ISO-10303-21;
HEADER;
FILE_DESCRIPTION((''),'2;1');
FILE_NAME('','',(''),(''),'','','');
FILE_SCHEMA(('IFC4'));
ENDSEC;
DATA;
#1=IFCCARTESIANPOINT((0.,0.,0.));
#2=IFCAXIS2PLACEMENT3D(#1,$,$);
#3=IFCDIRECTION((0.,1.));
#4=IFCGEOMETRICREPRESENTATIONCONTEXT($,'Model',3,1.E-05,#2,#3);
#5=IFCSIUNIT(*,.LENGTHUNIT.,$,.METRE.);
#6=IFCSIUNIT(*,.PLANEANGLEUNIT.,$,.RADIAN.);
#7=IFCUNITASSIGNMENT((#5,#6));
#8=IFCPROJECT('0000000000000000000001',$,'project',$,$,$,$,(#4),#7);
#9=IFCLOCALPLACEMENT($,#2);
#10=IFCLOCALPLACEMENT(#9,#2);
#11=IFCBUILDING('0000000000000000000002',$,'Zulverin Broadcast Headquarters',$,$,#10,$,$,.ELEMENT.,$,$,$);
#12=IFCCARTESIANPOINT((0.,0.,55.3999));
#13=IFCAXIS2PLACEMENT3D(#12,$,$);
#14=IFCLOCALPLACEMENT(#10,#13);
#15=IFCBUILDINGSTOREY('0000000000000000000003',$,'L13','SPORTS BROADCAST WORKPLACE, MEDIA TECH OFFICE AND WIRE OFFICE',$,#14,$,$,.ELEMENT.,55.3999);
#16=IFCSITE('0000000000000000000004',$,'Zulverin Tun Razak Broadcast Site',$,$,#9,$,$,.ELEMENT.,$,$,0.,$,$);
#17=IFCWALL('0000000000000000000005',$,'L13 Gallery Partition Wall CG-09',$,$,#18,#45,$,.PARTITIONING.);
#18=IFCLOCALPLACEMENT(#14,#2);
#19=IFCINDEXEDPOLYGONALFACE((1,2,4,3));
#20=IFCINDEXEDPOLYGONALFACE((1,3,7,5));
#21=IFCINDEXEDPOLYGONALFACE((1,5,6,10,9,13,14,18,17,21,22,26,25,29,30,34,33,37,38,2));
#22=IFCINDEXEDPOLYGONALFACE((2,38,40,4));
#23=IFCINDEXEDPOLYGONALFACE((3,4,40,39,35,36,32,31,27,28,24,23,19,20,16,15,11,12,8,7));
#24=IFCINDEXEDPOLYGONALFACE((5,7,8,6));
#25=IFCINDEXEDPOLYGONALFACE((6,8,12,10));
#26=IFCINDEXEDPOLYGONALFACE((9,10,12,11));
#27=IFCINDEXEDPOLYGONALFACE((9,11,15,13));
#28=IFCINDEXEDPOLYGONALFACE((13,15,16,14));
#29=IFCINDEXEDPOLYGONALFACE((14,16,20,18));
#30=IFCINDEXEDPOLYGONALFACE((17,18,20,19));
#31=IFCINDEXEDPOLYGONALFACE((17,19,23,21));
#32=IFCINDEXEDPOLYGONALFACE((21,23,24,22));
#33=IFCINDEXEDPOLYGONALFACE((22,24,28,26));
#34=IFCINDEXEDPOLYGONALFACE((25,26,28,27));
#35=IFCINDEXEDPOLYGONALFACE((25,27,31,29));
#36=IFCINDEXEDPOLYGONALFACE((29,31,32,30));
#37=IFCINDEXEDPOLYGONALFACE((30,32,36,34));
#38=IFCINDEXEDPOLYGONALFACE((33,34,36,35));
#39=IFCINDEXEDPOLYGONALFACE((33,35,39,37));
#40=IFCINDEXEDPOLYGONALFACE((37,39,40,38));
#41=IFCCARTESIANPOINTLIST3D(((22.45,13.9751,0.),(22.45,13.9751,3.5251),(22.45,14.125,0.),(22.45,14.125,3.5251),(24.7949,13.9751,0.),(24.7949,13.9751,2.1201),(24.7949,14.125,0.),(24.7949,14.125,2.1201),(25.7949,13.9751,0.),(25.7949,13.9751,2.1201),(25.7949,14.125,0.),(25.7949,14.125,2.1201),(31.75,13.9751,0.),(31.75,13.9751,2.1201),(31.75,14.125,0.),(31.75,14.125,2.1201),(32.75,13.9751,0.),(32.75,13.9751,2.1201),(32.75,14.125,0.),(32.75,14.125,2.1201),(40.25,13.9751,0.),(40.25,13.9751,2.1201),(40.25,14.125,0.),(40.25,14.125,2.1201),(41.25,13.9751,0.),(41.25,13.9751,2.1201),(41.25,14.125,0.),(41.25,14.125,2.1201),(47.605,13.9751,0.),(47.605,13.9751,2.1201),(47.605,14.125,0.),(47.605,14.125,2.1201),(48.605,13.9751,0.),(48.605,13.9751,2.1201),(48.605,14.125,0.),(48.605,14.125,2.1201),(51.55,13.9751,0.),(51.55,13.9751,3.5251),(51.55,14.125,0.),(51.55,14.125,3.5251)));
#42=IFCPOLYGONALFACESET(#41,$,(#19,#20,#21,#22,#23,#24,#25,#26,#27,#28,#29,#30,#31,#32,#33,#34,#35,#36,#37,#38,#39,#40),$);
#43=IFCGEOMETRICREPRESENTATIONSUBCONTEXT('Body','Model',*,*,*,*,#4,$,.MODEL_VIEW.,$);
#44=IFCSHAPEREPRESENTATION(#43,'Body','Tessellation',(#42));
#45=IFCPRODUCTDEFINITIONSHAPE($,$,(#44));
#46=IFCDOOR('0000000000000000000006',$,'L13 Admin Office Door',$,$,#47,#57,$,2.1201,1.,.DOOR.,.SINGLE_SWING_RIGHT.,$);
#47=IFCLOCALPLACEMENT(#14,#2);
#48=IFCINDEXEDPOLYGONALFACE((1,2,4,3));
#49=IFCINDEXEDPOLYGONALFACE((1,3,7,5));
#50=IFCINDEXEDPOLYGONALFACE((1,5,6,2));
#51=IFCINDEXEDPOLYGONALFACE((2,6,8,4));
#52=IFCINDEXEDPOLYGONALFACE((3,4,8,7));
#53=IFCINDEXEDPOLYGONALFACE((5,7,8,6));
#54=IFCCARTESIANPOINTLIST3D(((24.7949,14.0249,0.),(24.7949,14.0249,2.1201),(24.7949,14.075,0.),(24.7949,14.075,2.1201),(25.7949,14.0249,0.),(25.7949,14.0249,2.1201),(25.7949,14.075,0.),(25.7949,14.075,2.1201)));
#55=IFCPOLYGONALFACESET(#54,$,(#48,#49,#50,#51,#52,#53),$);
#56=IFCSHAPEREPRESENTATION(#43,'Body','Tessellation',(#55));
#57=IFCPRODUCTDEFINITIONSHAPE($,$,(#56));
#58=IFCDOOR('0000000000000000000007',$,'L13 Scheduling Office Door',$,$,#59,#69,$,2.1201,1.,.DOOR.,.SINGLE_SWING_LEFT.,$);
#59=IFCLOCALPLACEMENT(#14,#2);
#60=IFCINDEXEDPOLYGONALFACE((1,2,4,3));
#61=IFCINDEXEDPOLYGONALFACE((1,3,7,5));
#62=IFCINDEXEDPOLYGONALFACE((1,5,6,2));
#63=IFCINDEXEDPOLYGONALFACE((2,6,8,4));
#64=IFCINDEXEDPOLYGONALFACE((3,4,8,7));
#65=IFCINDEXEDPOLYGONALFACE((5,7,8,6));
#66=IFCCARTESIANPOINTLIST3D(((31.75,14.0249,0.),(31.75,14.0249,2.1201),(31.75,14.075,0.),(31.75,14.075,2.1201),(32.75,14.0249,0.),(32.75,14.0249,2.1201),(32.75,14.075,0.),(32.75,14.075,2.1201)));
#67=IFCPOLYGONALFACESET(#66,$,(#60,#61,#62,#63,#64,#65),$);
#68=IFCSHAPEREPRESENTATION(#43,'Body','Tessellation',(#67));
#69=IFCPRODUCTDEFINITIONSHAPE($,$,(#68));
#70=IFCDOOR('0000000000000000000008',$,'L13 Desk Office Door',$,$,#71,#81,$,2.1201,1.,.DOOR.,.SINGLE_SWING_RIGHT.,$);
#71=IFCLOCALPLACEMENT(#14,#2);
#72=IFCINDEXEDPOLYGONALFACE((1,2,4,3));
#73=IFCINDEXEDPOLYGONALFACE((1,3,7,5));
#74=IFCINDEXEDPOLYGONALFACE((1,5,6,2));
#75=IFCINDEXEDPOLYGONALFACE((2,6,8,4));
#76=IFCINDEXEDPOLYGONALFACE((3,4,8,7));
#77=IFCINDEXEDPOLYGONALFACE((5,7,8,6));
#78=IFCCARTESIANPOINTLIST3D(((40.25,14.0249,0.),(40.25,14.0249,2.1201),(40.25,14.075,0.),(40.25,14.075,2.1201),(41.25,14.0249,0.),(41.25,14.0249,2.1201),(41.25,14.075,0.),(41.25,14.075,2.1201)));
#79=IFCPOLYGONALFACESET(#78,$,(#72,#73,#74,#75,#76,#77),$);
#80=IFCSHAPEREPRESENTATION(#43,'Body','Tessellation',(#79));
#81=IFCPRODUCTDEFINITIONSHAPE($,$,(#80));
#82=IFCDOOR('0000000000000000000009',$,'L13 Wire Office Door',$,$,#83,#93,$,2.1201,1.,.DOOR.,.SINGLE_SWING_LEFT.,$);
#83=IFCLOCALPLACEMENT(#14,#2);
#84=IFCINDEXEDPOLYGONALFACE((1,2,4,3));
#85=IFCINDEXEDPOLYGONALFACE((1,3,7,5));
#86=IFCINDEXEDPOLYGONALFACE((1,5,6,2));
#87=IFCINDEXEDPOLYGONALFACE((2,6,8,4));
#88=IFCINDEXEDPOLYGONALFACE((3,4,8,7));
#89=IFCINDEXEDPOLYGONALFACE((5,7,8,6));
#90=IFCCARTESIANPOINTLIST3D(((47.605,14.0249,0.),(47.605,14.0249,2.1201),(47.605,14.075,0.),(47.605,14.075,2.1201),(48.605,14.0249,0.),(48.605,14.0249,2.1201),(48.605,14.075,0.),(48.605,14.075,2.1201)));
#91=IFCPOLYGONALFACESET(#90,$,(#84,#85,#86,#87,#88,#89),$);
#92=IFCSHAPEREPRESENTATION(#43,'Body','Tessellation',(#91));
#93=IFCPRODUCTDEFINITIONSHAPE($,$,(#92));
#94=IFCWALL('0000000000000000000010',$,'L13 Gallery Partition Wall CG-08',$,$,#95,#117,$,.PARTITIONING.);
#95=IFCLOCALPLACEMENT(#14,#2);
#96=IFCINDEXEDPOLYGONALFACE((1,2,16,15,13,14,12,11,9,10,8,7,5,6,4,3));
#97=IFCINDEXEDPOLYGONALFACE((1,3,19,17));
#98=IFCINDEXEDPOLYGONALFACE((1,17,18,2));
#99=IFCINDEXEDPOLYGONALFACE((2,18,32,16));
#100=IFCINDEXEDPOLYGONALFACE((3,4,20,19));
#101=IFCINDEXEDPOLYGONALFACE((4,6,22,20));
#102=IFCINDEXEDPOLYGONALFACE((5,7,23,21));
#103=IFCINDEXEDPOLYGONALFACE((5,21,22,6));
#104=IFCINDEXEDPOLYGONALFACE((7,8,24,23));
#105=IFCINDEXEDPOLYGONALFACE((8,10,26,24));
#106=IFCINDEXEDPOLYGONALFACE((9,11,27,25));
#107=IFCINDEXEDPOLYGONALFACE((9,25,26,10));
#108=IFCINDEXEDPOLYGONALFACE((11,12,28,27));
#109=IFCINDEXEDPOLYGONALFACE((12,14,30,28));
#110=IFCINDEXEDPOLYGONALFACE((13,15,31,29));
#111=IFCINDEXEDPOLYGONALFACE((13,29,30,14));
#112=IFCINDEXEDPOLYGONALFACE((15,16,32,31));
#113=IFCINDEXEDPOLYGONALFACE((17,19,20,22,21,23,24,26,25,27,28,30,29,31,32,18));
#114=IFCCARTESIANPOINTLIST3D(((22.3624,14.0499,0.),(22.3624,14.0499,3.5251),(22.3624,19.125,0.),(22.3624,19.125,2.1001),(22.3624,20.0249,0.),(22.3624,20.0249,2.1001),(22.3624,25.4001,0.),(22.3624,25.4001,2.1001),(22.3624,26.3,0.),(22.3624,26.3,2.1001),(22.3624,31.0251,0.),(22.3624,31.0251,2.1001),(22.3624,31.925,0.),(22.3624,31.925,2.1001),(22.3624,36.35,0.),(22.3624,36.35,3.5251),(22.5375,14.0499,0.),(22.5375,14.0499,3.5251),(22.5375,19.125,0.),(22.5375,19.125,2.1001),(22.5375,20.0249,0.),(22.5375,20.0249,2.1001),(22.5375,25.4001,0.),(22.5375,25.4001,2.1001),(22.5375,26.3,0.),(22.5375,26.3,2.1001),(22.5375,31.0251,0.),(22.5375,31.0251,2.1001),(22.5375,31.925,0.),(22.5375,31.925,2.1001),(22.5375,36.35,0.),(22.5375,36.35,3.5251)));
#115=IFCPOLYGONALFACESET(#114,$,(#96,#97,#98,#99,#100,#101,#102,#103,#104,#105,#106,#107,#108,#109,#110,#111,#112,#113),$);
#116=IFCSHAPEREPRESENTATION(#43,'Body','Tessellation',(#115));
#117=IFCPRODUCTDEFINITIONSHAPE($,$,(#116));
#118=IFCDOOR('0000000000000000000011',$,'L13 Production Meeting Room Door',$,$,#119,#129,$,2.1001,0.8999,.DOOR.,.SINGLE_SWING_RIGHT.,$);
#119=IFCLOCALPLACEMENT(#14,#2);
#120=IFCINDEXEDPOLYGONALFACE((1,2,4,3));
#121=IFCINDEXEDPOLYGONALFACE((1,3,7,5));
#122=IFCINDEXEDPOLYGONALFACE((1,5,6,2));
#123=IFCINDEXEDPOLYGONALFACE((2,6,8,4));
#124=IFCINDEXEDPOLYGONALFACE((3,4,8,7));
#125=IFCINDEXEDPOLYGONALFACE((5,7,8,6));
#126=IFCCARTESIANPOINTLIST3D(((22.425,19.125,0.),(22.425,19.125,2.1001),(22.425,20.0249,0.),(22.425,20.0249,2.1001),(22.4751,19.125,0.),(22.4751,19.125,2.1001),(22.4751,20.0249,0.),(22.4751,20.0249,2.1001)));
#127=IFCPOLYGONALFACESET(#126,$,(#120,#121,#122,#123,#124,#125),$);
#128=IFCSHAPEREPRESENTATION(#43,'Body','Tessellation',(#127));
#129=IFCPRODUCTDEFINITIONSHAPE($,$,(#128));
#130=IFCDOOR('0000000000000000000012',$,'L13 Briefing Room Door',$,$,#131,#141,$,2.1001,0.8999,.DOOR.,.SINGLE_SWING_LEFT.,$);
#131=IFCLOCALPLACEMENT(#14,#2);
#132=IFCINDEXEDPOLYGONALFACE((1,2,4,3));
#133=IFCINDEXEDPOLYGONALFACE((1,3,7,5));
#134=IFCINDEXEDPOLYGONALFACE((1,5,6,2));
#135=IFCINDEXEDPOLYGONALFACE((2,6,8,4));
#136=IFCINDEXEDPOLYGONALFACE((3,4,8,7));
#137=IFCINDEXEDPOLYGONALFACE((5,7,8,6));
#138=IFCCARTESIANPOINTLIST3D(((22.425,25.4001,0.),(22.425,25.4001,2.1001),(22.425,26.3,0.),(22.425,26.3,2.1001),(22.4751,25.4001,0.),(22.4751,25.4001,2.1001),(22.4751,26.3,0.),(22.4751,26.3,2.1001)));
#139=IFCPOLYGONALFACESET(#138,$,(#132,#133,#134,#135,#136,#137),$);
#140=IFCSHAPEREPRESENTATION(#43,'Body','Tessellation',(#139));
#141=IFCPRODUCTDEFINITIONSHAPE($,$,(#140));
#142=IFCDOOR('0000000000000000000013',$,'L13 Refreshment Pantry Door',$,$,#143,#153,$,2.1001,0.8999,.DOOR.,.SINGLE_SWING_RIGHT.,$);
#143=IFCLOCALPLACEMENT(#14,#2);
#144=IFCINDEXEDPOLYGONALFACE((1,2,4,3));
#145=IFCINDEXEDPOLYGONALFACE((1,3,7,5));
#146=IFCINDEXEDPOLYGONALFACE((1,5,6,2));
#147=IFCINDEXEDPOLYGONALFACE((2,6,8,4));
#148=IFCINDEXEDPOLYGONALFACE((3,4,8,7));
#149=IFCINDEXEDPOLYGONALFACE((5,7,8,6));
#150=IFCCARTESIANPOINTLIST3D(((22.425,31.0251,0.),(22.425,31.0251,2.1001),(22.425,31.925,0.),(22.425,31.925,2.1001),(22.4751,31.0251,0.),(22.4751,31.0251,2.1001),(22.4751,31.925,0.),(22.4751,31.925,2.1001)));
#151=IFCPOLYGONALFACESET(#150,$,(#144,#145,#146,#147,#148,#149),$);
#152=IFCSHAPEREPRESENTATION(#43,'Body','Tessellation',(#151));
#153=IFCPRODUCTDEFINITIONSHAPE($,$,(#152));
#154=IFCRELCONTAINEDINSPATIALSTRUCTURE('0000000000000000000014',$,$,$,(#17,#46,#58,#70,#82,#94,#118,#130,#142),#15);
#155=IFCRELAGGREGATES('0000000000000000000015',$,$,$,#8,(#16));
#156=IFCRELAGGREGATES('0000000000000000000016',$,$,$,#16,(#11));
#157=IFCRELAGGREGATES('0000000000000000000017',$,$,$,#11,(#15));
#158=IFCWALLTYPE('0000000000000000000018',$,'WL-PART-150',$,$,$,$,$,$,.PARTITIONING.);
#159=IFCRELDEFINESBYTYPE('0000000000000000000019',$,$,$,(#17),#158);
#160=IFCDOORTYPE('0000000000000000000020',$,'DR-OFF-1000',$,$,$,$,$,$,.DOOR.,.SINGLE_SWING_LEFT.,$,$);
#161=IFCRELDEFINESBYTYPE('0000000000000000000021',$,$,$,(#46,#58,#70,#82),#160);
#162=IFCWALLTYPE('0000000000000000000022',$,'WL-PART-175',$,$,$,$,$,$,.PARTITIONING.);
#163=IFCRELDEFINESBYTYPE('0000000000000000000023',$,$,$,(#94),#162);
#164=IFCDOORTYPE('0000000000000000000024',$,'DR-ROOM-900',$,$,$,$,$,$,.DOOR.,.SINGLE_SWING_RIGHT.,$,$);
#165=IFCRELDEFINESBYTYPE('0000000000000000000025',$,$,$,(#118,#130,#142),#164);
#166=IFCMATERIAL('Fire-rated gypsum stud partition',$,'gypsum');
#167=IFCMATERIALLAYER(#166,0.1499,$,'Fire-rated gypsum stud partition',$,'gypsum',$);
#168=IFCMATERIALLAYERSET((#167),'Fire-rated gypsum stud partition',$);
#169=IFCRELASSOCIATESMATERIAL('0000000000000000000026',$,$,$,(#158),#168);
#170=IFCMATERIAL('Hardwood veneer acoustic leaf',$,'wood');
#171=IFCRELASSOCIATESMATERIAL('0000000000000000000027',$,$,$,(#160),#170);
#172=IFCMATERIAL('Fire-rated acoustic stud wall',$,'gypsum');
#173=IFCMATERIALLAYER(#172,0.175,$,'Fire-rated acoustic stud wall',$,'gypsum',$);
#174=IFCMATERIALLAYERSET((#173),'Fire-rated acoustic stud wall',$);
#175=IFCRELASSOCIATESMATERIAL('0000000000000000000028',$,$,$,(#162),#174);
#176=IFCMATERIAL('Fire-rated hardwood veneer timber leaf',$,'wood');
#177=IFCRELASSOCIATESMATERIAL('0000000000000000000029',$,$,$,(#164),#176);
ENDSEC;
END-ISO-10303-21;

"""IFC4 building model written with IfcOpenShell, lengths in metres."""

from ifc_helpers import new_model, si_unit, direction, frame, frame_2d, origin, place, context, subcontext, project, spatial, rectangle, extrude, material, layer, layer_set, type_object, element, fill, save


model = new_model("IFC4")

# Units and contexts
model_context = context("Model", 3, precision=1e-05, world=origin(), true_north=direction((0.0, 1.0)))
body_context = subcontext(model_context, "Body", "Model", "MODEL_VIEW")
ifc_project = project(units=[si_unit("LENGTHUNIT", "METRE"), si_unit("PLANEANGLEUNIT", "RADIAN")], contexts=[model_context])

# Site, building, storey
site_placement = place(None, origin())
site = spatial("IfcSite", under=ifc_project, at=site_placement, Name="Zulverin Tun Razak Broadcast Site", CompositionType="ELEMENT", RefElevation=0.0)
building_placement = place(site_placement, origin())
building = spatial("IfcBuilding", under=site, at=building_placement, Name="Zulverin Broadcast Headquarters", CompositionType="ELEMENT")
storey_placement = place(building_placement, frame((0.0, 0.0, 55.3999)))
storey = spatial("IfcBuildingStorey", under=building, at=storey_placement, Name="L13", Description="SPORTS BROADCAST WORKPLACE, MEDIA TECH OFFICE AND WIRE OFFICE", CompositionType="ELEMENT", Elevation=55.3999)

# Walls, openings, doors
ifc_material_1 = material(Name="Fire-rated gypsum stud partition", Category="gypsum")
ifc_layer_1 = layer(ifc_material_1, 0.1499, Name="Fire-rated gypsum stud partition", Category="gypsum")
ifc_layer_set_1 = layer_set([ifc_layer_1], Name="Fire-rated gypsum stud partition")
wall_type_1 = type_object("IfcWallType", Name="WL-PART-150", PredefinedType="PARTITIONING", material=ifc_layer_set_1)
wall_1_placement = place(storey_placement, frame((22.45, 14.05, 0.0), z_axis=(0.0, 0.0, 1.0), x_axis=(1.0, 0.0, 0.0)))
wall_1 = element("IfcWall", 1, at=wall_1_placement, inside=storey, type_object=wall_type_1, Name="L13 Gallery Partition Wall CG-09", PredefinedType="PARTITIONING", context=body_context, shape_type="SweptSolid", body=[
    extrude(rectangle(XDim=29.1001, YDim=0.1499, at=frame_2d((14.55, 0.0))), origin(), (0.0, 0.0, 1.0), 3.5251),
])
opening_1_placement = place(wall_1_placement, frame((2.345, 0.0, 0.0)))
opening_1 = element("IfcOpeningElement", 2, at=opening_1_placement, cuts=wall_1, PredefinedType="OPENING", context=body_context, shape_type="SweptSolid", body=[
    extrude(rectangle(XDim=1.0, YDim=2.1201, at=frame_2d((0.5, 1.0601))), frame((0.0, 0.085, 0.0), z_axis=(0.0, -1.0, 0.0), x_axis=(1.0, 0.0, 0.0)), (0.0, 0.0, 1.0), 0.1699),
])
opening_2_placement = place(wall_1_placement, frame((9.3, 0.0, 0.0)))
opening_2 = element("IfcOpeningElement", 3, at=opening_2_placement, cuts=wall_1, PredefinedType="OPENING", context=body_context, shape_type="SweptSolid", body=[
    extrude(rectangle(XDim=1.0, YDim=2.1201, at=frame_2d((0.5, 1.0601))), frame((0.0, 0.085, 0.0), z_axis=(0.0, -1.0, 0.0), x_axis=(1.0, 0.0, 0.0)), (0.0, 0.0, 1.0), 0.1699),
])
opening_3_placement = place(wall_1_placement, frame((17.8, 0.0, 0.0)))
opening_3 = element("IfcOpeningElement", 4, at=opening_3_placement, cuts=wall_1, PredefinedType="OPENING", context=body_context, shape_type="SweptSolid", body=[
    extrude(rectangle(XDim=1.0, YDim=2.1201, at=frame_2d((0.5, 1.0601))), frame((0.0, 0.085, 0.0), z_axis=(0.0, -1.0, 0.0), x_axis=(1.0, 0.0, 0.0)), (0.0, 0.0, 1.0), 0.1699),
])
opening_4_placement = place(wall_1_placement, frame((25.155, 0.0, 0.0)))
opening_4 = element("IfcOpeningElement", 5, at=opening_4_placement, cuts=wall_1, PredefinedType="OPENING", context=body_context, shape_type="SweptSolid", body=[
    extrude(rectangle(XDim=1.0, YDim=2.1201, at=frame_2d((0.5, 1.0601))), frame((0.0, 0.085, 0.0), z_axis=(0.0, -1.0, 0.0), x_axis=(1.0, 0.0, 0.0)), (0.0, 0.0, 1.0), 0.1699),
])
ifc_material_2 = material(Name="Hardwood veneer acoustic leaf", Category="wood")
door_type_1 = type_object("IfcDoorType", Name="DR-OFF-1000", OperationType="SINGLE_SWING_LEFT", PredefinedType="DOOR", material=ifc_material_2)
door_1_placement = place(opening_1_placement, origin())
door_1 = element("IfcDoor", 6, at=door_1_placement, inside=storey, type_object=door_type_1, Name="L13 Admin Office Door", OperationType="SINGLE_SWING_RIGHT", OverallHeight=2.1201, OverallWidth=1.0, PredefinedType="DOOR", context=body_context, shape_type="SweptSolid", body=[
    extrude(rectangle(XDim=1.0, YDim=2.1201, at=frame_2d((0.5, 1.0601))), frame((0.0, 0.0249, 0.0), z_axis=(0.0, -1.0, 0.0), x_axis=(1.0, 0.0, 0.0)), (0.0, 0.0, 1.0), 0.05),
])
fill(opening_1, door_1)
door_2_placement = place(opening_2_placement, origin())
door_2 = element("IfcDoor", 7, at=door_2_placement, inside=storey, type_object=door_type_1, Name="L13 Scheduling Office Door", OperationType="SINGLE_SWING_LEFT", OverallHeight=2.1201, OverallWidth=1.0, PredefinedType="DOOR", context=body_context, shape_type="SweptSolid", body=[
    extrude(rectangle(XDim=1.0, YDim=2.1201, at=frame_2d((0.5, 1.0601))), frame((0.0, 0.0249, 0.0), z_axis=(0.0, -1.0, 0.0), x_axis=(1.0, 0.0, 0.0)), (0.0, 0.0, 1.0), 0.05),
])
fill(opening_2, door_2)
door_3_placement = place(opening_3_placement, origin())
door_3 = element("IfcDoor", 8, at=door_3_placement, inside=storey, type_object=door_type_1, Name="L13 Desk Office Door", OperationType="SINGLE_SWING_RIGHT", OverallHeight=2.1201, OverallWidth=1.0, PredefinedType="DOOR", context=body_context, shape_type="SweptSolid", body=[
    extrude(rectangle(XDim=1.0, YDim=2.1201, at=frame_2d((0.5, 1.0601))), frame((0.0, 0.0249, 0.0), z_axis=(0.0, -1.0, 0.0), x_axis=(1.0, 0.0, 0.0)), (0.0, 0.0, 1.0), 0.05),
])
fill(opening_3, door_3)
door_4_placement = place(opening_4_placement, origin())
door_4 = element("IfcDoor", 9, at=door_4_placement, inside=storey, type_object=door_type_1, Name="L13 Wire Office Door", OperationType="SINGLE_SWING_LEFT", OverallHeight=2.1201, OverallWidth=1.0, PredefinedType="DOOR", context=body_context, shape_type="SweptSolid", body=[
    extrude(rectangle(XDim=1.0, YDim=2.1201, at=frame_2d((0.5, 1.0601))), frame((0.0, 0.0249, 0.0), z_axis=(0.0, -1.0, 0.0), x_axis=(1.0, 0.0, 0.0)), (0.0, 0.0, 1.0), 0.05),
])
fill(opening_4, door_4)
ifc_material_3 = material(Name="Fire-rated acoustic stud wall", Category="gypsum")
ifc_layer_2 = layer(ifc_material_3, 0.175, Name="Fire-rated acoustic stud wall", Category="gypsum")
ifc_layer_set_2 = layer_set([ifc_layer_2], Name="Fire-rated acoustic stud wall")
wall_type_2 = type_object("IfcWallType", Name="WL-PART-175", PredefinedType="PARTITIONING", material=ifc_layer_set_2)
wall_2_placement = place(storey_placement, frame((22.45, 14.05, 0.0), z_axis=(0.0, 0.0, 1.0), x_axis=(0.0, 1.0, 0.0)))
wall_2 = element("IfcWall", 10, at=wall_2_placement, inside=storey, type_object=wall_type_2, Name="L13 Gallery Partition Wall CG-08", PredefinedType="PARTITIONING", context=body_context, shape_type="SweptSolid", body=[
    extrude(rectangle(XDim=22.3, YDim=0.175, at=frame_2d((11.1499, 0.0))), origin(), (0.0, 0.0, 1.0), 3.5251),
])
opening_5_placement = place(wall_2_placement, frame((5.075, 0.0, 0.0)))
opening_5 = element("IfcOpeningElement", 11, at=opening_5_placement, cuts=wall_2, PredefinedType="OPENING", context=body_context, shape_type="SweptSolid", body=[
    extrude(rectangle(XDim=0.8999, YDim=2.1001, at=frame_2d((0.45, 1.05))), frame((0.0, 0.0974, 0.0), z_axis=(0.0, -1.0, 0.0), x_axis=(1.0, 0.0, 0.0)), (0.0, 0.0, 1.0), 0.1951),
])
opening_6_placement = place(wall_2_placement, frame((11.3501, 0.0, 0.0)))
opening_6 = element("IfcOpeningElement", 12, at=opening_6_placement, cuts=wall_2, PredefinedType="OPENING", context=body_context, shape_type="SweptSolid", body=[
    extrude(rectangle(XDim=0.8999, YDim=2.1001, at=frame_2d((0.45, 1.05))), frame((0.0, 0.0974, 0.0), z_axis=(0.0, -1.0, 0.0), x_axis=(1.0, 0.0, 0.0)), (0.0, 0.0, 1.0), 0.1951),
])
opening_7_placement = place(wall_2_placement, frame((16.9751, 0.0, 0.0)))
opening_7 = element("IfcOpeningElement", 13, at=opening_7_placement, cuts=wall_2, PredefinedType="OPENING", context=body_context, shape_type="SweptSolid", body=[
    extrude(rectangle(XDim=0.8999, YDim=2.1001, at=frame_2d((0.45, 1.05))), frame((0.0, 0.0974, 0.0), z_axis=(0.0, -1.0, 0.0), x_axis=(1.0, 0.0, 0.0)), (0.0, 0.0, 1.0), 0.1951),
])
ifc_material_4 = material(Name="Fire-rated hardwood veneer timber leaf", Category="wood")
door_type_2 = type_object("IfcDoorType", Name="DR-ROOM-900", OperationType="SINGLE_SWING_RIGHT", PredefinedType="DOOR", material=ifc_material_4)
door_5_placement = place(opening_5_placement, origin())
door_5 = element("IfcDoor", 14, at=door_5_placement, inside=storey, type_object=door_type_2, Name="L13 Production Meeting Room Door", OperationType="SINGLE_SWING_RIGHT", OverallHeight=2.1001, OverallWidth=0.8999, PredefinedType="DOOR", context=body_context, shape_type="SweptSolid", body=[
    extrude(rectangle(XDim=0.8999, YDim=2.1001, at=frame_2d((0.45, 1.05))), frame((0.0, 0.0249, 0.0), z_axis=(0.0, -1.0, 0.0), x_axis=(1.0, 0.0, 0.0)), (0.0, 0.0, 1.0), 0.05),
])
fill(opening_5, door_5)
door_6_placement = place(opening_6_placement, origin())
door_6 = element("IfcDoor", 15, at=door_6_placement, inside=storey, type_object=door_type_2, Name="L13 Briefing Room Door", OperationType="SINGLE_SWING_LEFT", OverallHeight=2.1001, OverallWidth=0.8999, PredefinedType="DOOR", context=body_context, shape_type="SweptSolid", body=[
    extrude(rectangle(XDim=0.8999, YDim=2.1001, at=frame_2d((0.45, 1.05))), frame((0.0, 0.0249, 0.0), z_axis=(0.0, -1.0, 0.0), x_axis=(1.0, 0.0, 0.0)), (0.0, 0.0, 1.0), 0.05),
])
fill(opening_6, door_6)
door_7_placement = place(opening_7_placement, origin())
door_7 = element("IfcDoor", 16, at=door_7_placement, inside=storey, type_object=door_type_2, Name="L13 Refreshment Pantry Door", OperationType="SINGLE_SWING_RIGHT", OverallHeight=2.1001, OverallWidth=0.8999, PredefinedType="DOOR", context=body_context, shape_type="SweptSolid", body=[
    extrude(rectangle(XDim=0.8999, YDim=2.1001, at=frame_2d((0.45, 1.05))), frame((0.0, 0.0249, 0.0), z_axis=(0.0, -1.0, 0.0), x_axis=(1.0, 0.0, 0.0)), (0.0, 0.0, 1.0), 0.05),
])
fill(opening_7, door_7)

save(model, "model.ifc")
